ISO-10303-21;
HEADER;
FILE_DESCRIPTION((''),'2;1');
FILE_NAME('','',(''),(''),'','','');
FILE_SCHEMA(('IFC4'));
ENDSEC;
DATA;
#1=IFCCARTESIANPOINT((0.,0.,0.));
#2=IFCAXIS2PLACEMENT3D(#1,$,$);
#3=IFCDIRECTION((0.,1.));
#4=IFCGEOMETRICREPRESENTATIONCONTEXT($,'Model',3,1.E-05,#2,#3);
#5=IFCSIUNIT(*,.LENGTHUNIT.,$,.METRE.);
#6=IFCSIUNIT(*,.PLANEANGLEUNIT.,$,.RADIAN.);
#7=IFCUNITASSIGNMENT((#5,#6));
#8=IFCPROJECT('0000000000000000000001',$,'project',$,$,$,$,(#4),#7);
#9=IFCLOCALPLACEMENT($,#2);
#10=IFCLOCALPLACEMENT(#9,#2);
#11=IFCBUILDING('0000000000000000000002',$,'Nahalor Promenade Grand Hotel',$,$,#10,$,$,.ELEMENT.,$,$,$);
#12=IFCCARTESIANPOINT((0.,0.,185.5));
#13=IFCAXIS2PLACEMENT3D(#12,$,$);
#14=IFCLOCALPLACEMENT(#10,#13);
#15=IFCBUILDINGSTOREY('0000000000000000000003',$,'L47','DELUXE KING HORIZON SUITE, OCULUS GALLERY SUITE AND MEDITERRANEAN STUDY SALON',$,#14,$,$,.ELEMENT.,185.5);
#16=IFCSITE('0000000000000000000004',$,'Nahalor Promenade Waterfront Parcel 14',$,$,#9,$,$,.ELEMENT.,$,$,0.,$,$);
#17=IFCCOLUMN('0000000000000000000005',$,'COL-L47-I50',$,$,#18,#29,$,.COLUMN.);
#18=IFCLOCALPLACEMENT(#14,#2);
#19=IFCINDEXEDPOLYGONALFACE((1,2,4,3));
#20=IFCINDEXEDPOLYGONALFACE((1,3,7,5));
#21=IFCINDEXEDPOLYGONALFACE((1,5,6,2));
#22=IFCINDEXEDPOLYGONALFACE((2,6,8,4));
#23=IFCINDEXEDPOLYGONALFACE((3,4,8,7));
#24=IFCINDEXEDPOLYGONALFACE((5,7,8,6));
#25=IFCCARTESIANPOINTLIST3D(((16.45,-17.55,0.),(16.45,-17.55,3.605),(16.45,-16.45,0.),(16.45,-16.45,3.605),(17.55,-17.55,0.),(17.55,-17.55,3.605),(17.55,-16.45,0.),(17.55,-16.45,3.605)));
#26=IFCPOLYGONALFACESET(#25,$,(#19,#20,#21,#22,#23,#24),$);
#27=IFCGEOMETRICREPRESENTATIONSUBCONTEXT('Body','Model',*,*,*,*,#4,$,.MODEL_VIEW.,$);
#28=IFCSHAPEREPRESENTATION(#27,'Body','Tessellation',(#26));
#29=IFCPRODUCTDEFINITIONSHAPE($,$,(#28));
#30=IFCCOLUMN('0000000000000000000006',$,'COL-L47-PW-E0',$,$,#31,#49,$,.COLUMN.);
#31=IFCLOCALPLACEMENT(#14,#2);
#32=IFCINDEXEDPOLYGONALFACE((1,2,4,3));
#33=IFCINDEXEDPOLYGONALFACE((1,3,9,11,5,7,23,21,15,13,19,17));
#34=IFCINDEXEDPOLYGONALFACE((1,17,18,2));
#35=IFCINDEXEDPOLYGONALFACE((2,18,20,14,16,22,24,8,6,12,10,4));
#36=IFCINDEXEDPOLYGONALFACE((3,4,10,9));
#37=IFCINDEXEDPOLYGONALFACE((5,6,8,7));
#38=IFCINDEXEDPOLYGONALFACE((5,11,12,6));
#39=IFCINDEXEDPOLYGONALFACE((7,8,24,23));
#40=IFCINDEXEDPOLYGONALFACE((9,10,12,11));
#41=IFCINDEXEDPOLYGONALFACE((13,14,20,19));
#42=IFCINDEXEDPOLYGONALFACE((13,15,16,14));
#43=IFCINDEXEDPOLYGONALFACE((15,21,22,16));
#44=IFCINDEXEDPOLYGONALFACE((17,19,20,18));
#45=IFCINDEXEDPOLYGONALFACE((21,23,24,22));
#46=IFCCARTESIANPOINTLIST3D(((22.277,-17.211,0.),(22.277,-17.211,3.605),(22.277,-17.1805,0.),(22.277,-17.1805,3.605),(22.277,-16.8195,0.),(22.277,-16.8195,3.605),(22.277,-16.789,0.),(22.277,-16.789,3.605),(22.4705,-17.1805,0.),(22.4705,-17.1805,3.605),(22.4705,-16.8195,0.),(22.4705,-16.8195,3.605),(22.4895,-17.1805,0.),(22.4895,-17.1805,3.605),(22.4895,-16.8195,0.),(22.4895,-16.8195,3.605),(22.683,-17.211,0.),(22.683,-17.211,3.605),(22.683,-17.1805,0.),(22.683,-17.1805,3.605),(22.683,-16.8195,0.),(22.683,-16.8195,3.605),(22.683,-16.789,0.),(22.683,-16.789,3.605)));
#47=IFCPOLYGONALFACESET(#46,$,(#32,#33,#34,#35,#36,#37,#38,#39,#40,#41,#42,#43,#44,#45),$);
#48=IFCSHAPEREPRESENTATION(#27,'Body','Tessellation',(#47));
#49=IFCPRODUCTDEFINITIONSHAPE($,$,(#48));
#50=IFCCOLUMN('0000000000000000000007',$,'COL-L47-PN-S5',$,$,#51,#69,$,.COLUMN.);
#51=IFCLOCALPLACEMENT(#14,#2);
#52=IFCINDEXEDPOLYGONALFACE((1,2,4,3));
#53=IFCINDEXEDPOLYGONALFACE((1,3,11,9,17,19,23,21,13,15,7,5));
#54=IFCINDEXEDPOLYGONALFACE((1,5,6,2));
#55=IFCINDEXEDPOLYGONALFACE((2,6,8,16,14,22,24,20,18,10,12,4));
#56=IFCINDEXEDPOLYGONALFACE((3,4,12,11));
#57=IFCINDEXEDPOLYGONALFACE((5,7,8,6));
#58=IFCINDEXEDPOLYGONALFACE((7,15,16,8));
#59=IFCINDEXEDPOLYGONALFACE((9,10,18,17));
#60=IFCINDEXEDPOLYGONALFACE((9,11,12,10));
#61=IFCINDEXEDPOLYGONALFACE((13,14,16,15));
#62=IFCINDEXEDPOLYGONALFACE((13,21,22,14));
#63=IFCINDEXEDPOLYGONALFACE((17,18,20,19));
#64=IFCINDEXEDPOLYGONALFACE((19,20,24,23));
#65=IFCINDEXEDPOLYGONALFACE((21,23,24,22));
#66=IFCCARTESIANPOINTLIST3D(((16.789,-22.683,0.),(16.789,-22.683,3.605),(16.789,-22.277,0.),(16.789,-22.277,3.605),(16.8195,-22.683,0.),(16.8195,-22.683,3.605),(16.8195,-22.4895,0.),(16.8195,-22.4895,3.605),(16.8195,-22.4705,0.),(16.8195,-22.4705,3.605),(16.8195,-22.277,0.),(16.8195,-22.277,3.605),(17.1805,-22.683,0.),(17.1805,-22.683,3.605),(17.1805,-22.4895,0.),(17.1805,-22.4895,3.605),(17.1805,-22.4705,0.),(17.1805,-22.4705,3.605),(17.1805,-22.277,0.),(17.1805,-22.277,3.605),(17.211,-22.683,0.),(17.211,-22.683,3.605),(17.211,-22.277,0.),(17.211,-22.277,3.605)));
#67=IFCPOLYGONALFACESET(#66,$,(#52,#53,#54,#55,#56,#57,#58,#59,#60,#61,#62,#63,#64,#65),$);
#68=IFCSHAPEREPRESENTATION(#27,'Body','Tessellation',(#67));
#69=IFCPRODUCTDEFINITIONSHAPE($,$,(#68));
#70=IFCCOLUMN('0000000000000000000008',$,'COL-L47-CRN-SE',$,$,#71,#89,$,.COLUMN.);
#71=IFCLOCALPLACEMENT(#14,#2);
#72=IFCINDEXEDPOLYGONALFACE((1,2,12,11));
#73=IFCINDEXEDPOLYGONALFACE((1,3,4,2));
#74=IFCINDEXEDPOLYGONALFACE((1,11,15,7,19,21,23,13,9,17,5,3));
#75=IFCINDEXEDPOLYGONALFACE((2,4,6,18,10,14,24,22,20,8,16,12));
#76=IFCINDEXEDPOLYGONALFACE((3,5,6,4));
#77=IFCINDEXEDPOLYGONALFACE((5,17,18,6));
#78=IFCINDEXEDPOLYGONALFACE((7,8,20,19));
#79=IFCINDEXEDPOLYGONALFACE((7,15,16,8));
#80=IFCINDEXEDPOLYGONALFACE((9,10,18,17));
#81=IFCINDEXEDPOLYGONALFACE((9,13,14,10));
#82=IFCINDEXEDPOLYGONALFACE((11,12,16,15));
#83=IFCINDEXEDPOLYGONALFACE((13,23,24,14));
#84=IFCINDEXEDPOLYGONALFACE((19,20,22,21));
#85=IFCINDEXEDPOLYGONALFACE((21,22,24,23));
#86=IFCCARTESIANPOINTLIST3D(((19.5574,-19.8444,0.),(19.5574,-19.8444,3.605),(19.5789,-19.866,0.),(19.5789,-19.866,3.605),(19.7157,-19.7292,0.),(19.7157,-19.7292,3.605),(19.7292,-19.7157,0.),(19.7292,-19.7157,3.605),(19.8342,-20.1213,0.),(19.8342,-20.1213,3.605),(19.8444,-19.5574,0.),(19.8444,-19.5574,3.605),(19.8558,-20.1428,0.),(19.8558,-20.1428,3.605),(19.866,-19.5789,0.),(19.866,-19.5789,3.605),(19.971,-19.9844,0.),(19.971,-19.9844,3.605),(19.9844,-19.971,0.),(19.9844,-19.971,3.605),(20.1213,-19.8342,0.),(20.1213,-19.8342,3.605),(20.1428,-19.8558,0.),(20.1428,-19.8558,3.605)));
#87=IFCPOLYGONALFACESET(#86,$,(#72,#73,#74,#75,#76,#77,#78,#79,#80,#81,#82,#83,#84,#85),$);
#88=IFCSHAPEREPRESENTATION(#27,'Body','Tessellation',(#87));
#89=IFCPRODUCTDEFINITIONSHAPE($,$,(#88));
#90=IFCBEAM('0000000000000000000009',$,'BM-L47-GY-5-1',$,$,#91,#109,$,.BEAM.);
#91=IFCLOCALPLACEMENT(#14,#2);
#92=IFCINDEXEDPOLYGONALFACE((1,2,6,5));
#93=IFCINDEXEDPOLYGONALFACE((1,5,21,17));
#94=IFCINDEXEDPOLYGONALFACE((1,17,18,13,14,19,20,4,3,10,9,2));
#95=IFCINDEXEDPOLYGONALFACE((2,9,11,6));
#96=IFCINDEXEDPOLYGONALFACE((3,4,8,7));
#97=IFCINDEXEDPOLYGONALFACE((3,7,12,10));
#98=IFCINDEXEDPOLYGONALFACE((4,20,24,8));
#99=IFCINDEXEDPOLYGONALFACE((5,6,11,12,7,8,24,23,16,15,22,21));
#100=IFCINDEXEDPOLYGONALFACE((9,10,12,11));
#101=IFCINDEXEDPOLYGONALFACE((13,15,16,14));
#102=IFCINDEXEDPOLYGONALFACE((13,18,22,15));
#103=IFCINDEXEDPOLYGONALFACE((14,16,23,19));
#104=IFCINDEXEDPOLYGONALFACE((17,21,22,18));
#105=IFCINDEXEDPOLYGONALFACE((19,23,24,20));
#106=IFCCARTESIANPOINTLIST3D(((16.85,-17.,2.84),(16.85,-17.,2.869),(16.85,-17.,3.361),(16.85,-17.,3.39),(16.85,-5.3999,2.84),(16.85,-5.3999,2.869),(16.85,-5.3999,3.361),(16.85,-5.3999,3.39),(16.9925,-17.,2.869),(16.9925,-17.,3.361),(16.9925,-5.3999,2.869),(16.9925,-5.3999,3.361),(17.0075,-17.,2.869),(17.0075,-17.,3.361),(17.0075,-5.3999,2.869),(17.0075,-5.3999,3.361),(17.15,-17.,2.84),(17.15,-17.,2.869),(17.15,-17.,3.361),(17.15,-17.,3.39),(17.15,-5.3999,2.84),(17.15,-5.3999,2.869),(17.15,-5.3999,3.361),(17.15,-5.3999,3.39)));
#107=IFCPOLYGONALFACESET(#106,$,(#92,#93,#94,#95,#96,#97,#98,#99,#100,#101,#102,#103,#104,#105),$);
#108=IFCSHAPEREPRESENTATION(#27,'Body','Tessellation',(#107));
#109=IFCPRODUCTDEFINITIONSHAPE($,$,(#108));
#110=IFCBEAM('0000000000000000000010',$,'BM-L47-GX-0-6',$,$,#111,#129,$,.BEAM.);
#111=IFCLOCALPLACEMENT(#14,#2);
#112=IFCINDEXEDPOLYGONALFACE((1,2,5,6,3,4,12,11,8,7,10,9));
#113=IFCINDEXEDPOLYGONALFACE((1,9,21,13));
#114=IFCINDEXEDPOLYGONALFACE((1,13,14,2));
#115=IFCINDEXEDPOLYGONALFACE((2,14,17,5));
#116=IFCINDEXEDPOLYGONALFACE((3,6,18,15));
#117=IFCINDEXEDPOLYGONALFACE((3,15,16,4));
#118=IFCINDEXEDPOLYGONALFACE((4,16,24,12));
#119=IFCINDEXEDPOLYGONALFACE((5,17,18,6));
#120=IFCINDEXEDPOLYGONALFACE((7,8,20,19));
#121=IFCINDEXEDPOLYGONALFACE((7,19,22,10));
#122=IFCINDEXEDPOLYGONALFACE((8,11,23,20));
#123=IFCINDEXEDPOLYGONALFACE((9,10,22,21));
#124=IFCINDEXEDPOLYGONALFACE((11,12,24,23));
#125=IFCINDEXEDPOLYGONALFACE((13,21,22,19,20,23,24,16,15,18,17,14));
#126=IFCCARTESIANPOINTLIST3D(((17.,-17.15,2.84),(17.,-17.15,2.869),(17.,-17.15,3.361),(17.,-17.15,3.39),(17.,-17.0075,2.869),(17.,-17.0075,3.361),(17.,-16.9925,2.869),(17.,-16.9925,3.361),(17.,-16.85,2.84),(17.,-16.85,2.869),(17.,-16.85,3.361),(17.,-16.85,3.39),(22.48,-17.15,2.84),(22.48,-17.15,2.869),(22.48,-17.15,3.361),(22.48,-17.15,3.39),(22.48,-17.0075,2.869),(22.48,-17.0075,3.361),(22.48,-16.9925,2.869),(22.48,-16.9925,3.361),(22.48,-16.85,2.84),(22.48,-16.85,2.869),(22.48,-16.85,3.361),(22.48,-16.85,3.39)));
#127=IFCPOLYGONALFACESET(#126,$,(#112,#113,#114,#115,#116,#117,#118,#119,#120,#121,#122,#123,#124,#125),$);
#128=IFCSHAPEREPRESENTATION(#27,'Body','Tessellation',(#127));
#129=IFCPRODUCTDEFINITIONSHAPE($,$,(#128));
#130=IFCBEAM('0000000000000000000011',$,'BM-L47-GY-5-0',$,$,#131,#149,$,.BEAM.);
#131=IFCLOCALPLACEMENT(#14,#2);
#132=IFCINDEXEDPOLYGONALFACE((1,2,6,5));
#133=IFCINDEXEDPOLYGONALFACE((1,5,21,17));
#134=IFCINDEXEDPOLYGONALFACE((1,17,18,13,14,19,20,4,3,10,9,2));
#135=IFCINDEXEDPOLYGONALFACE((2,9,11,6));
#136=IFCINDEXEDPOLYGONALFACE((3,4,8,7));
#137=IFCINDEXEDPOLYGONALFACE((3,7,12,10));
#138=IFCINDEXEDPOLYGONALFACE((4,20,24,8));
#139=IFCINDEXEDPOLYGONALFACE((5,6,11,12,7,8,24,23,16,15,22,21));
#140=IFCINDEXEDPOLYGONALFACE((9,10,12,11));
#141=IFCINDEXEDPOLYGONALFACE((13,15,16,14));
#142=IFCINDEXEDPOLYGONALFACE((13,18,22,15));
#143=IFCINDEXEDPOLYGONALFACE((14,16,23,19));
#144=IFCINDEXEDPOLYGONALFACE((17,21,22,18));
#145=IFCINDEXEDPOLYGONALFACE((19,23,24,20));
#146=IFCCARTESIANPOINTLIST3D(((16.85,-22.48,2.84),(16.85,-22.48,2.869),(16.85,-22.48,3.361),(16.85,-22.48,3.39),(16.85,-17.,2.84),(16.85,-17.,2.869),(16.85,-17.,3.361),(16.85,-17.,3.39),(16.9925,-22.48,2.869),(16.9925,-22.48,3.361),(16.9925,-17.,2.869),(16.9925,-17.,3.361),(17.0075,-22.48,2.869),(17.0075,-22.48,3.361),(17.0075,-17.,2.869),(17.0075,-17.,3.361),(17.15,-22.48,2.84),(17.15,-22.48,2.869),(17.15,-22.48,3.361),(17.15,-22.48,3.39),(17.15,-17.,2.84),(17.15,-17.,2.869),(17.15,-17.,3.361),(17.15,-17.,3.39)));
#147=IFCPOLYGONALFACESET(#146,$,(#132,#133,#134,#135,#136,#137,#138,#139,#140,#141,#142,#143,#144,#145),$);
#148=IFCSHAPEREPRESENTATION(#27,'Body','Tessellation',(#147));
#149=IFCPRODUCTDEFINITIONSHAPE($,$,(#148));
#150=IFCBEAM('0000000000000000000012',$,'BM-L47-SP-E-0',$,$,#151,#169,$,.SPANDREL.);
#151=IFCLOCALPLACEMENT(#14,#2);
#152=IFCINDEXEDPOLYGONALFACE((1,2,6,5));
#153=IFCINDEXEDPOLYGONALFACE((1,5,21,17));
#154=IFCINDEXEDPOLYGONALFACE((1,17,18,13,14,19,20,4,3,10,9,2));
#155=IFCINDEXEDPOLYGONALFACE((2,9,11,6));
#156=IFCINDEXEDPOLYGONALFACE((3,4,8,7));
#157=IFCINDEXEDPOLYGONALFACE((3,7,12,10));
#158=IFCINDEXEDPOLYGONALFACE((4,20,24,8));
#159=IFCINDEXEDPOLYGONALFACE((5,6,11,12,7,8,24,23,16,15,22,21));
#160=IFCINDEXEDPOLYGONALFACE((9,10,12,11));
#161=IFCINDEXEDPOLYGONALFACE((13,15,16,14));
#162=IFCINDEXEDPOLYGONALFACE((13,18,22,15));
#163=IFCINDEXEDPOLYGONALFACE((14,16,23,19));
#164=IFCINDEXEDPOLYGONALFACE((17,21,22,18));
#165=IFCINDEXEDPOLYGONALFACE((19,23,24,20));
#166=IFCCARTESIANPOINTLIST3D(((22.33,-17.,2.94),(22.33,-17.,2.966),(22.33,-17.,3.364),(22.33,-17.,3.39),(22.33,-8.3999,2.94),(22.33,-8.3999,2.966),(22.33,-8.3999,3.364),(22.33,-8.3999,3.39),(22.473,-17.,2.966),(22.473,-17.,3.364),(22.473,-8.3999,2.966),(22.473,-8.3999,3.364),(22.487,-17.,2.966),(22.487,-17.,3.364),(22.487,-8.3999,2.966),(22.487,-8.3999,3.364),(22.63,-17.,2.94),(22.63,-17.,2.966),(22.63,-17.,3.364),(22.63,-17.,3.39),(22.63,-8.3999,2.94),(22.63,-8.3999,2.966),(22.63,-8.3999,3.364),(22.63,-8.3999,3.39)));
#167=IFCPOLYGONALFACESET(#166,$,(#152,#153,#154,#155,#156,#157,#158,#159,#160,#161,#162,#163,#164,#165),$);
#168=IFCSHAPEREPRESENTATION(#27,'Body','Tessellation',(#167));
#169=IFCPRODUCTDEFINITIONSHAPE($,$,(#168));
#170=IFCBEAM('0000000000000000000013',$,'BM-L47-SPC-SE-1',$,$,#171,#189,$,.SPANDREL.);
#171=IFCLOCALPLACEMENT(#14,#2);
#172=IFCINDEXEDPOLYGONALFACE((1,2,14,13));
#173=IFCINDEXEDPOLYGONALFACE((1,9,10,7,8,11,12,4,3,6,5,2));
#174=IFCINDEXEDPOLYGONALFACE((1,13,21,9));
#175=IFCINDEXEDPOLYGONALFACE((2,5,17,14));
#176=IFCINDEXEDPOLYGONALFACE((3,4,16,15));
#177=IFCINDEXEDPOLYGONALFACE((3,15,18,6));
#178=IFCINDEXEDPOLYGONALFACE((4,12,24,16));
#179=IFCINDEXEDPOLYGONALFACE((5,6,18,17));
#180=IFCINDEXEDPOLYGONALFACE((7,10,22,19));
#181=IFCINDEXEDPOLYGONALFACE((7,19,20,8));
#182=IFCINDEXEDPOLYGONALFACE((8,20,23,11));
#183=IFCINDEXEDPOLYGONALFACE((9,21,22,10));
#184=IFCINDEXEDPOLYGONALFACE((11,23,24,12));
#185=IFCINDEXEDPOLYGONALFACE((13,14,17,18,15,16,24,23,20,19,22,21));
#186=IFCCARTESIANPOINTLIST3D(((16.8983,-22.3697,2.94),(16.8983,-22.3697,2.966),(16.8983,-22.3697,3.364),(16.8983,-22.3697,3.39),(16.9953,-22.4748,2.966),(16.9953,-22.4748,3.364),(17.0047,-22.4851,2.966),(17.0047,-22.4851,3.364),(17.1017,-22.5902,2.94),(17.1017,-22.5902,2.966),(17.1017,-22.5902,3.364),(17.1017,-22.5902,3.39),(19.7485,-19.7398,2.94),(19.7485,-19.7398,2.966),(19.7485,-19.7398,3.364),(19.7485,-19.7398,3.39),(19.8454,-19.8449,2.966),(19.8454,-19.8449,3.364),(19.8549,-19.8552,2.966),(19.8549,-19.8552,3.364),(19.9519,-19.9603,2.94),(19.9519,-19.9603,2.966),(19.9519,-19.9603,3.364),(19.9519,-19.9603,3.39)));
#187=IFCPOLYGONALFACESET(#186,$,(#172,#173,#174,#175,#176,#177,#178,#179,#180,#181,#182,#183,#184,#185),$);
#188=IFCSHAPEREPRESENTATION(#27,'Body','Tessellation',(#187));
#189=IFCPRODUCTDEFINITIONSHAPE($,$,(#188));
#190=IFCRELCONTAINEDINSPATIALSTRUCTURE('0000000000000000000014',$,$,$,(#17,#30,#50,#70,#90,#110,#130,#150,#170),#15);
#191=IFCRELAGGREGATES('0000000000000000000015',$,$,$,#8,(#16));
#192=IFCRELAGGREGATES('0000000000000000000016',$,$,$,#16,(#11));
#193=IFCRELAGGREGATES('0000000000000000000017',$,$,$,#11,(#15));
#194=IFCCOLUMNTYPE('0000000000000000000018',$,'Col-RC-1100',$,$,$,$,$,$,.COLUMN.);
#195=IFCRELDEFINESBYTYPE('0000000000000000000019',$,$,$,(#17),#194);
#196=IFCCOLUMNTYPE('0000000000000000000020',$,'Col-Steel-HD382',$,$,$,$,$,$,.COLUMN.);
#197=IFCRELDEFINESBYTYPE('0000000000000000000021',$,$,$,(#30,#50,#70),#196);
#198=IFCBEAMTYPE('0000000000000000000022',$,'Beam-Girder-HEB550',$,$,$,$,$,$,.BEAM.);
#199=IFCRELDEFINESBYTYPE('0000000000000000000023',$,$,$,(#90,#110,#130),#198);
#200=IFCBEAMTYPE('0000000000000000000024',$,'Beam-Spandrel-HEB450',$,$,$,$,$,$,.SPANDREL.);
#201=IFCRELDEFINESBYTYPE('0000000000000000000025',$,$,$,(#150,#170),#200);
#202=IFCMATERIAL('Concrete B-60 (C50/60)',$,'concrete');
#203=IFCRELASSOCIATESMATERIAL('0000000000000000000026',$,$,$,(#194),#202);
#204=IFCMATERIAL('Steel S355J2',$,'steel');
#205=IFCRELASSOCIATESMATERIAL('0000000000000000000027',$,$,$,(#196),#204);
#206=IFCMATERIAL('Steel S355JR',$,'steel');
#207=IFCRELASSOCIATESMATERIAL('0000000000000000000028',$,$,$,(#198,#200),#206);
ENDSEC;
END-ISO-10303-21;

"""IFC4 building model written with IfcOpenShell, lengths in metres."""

from ifc_helpers import new_model, si_unit, direction, frame, origin, origin_2d, place, context, subcontext, project, spatial, rectangle, i_section, extrude, source, transform, mapped, material, material_profile, profile_set, type_object, element, save


model = new_model("IFC4")

# Units and contexts
model_context = context("Model", 3, precision=1e-05, world=origin(), true_north=direction((0.0, 1.0)))
body_context = subcontext(model_context, "Body", "Model", "MODEL_VIEW")
ifc_project = project(units=[si_unit("LENGTHUNIT", "METRE"), si_unit("PLANEANGLEUNIT", "RADIAN")], contexts=[model_context])

# Site, building, storey
site_placement = place(None, origin())
site = spatial("IfcSite", under=ifc_project, at=site_placement, Name="Nahalor Promenade Waterfront Parcel 14", CompositionType="ELEMENT", RefElevation=0.0)
building_placement = place(site_placement, origin())
building = spatial("IfcBuilding", under=site, at=building_placement, Name="Nahalor Promenade Grand Hotel", CompositionType="ELEMENT")
storey_placement = place(building_placement, frame((0.0, 0.0, 185.5)))
storey = spatial("IfcBuildingStorey", under=building, at=storey_placement, Name="L47", Description="DELUXE KING HORIZON SUITE, OCULUS GALLERY SUITE AND MEDITERRANEAN STUDY SALON", CompositionType="ELEMENT", Elevation=185.5)

# Columns
ifc_material_1 = material(Name="Concrete B-60 (C50/60)", Category="concrete")
ifc_material_profile_1 = material_profile(ifc_material_1, rectangle(XDim=1.1, YDim=1.1, at=origin_2d()), Name="RC 1100x1100")
ifc_profile_set_1 = profile_set([ifc_material_profile_1], Name="Concrete B-60 (C50/60)")
column_type_1 = type_object("IfcColumnType", Name="Col-RC-1100", PredefinedType="COLUMN", material=ifc_profile_set_1)
shared_shape_1 = source(origin(), body_context, "Body", "SweptSolid", [
    extrude(rectangle(XDim=1.1, YDim=1.1, at=origin_2d()), origin(), (0.0, 0.0, 1.0), 3.605),
])
column_placement = place(storey_placement, frame((17.0, -17.0, 0.0), z_axis=(0.0, 0.0, 1.0), x_axis=(1.0, 0.0, 0.0)))
element("IfcColumn", 1, at=column_placement, inside=storey, type_object=column_type_1, Name="COL-L47-I50", PredefinedType="COLUMN", context=body_context, shape_type="MappedRepresentation", body=[
    mapped(shared_shape_1, transform((0.0, 0.0, 0.0), scale=1.0)),
])
ifc_material_2 = material(Name="Steel S355J2", Category="steel")
ifc_material_profile_2 = material_profile(ifc_material_2, i_section(OverallWidth=0.406, OverallDepth=0.422, WebThickness=0.019, FlangeThickness=0.0305, at=origin_2d()), Name="HD 400x382")
ifc_profile_set_2 = profile_set([ifc_material_profile_2], Name="Steel S355J2")
column_type_2 = type_object("IfcColumnType", Name="Col-Steel-HD382", PredefinedType="COLUMN", material=ifc_profile_set_2)
shared_shape_2 = source(origin(), body_context, "Body", "SweptSolid", [
    extrude(i_section(OverallWidth=0.406, OverallDepth=0.422, WebThickness=0.019, FlangeThickness=0.0305, at=origin_2d()), origin(), (0.0, 0.0, 1.0), 3.605),
])
for number, where, z_axis, x_axis, name in (
    (2, (22.48, -17.0, 0.0), (0.0, 0.0, 1.0), (1.0, 0.0, 0.0), "COL-L47-PW-E0"),
    (3, (17.0, -22.48, 0.0), (0.0, 0.0, 1.0), (0.0, 1.0, 0.0), "COL-L47-PN-S5"),
    (4, (19.8501, -19.8501, 0.0), (0.0, 0.0, 1.0), (0.707107, 0.707107, 0.0), "COL-L47-CRN-SE"),
):
    element("IfcColumn", number, at=place(storey_placement, frame(where, z_axis=z_axis, x_axis=x_axis)), inside=storey, type_object=column_type_2, Name=name, PredefinedType="COLUMN", context=body_context, shape_type="MappedRepresentation", body=[
        mapped(shared_shape_2, transform((0.0, 0.0, 0.0), scale=1.0)),
    ])

# Beams
ifc_material_3 = material(Name="Steel S355JR", Category="steel")
ifc_material_profile_3 = material_profile(ifc_material_3, i_section(OverallWidth=0.3, OverallDepth=0.55, WebThickness=0.015, FlangeThickness=0.029, at=origin_2d()), Name="HEB 550")
ifc_profile_set_3 = profile_set([ifc_material_profile_3], Name="Steel S355JR")
beam_type_1 = type_object("IfcBeamType", Name="Beam-Girder-HEB550", PredefinedType="BEAM", material=ifc_profile_set_3)
shared_shape_3 = source(origin(), body_context, "Body", "SweptSolid", [
    extrude(i_section(OverallWidth=0.3, OverallDepth=0.55, WebThickness=0.015, FlangeThickness=0.029, at=origin_2d()), origin(), (0.0, 0.0, 1.0), 11.6001),
])
beam_1_placement = place(storey_placement, frame((17.0, -17.0, 3.115), z_axis=(0.0, 1.0, 0.0), x_axis=(-1.0, 0.0, 0.0)))
element("IfcBeam", 5, at=beam_1_placement, inside=storey, type_object=beam_type_1, Name="BM-L47-GY-5-1", PredefinedType="BEAM", context=body_context, shape_type="MappedRepresentation", body=[
    mapped(shared_shape_3, transform((0.0, 0.0, 0.0), scale=1.0)),
])
shared_shape_4 = source(origin(), body_context, "Body", "SweptSolid", [
    extrude(i_section(OverallWidth=0.3, OverallDepth=0.55, WebThickness=0.015, FlangeThickness=0.029, at=origin_2d()), origin(), (0.0, 0.0, 1.0), 5.48),
])
for number, where, z_axis, x_axis, name in (
    (6, (17.0, -17.0, 3.115), (1.0, 0.0, 0.0), (0.0, 1.0, 0.0), "BM-L47-GX-0-6"),
    (7, (17.0, -22.48, 3.115), (0.0, 1.0, 0.0), (-1.0, 0.0, 0.0), "BM-L47-GY-5-0"),
):
    element("IfcBeam", number, at=place(storey_placement, frame(where, z_axis=z_axis, x_axis=x_axis)), inside=storey, type_object=beam_type_1, Name=name, PredefinedType="BEAM", context=body_context, shape_type="MappedRepresentation", body=[
        mapped(shared_shape_4, transform((0.0, 0.0, 0.0), scale=1.0)),
    ])
ifc_material_profile_4 = material_profile(ifc_material_3, i_section(OverallWidth=0.3, OverallDepth=0.45, WebThickness=0.014, FlangeThickness=0.026, at=origin_2d()), Name="HEB 450")
ifc_profile_set_4 = profile_set([ifc_material_profile_4], Name="Steel S355JR")
beam_type_2 = type_object("IfcBeamType", Name="Beam-Spandrel-HEB450", PredefinedType="SPANDREL", material=ifc_profile_set_4)
shared_shape_5 = source(origin(), body_context, "Body", "SweptSolid", [
    extrude(i_section(OverallWidth=0.3, OverallDepth=0.45, WebThickness=0.014, FlangeThickness=0.026, at=origin_2d()), origin(), (0.0, 0.0, 1.0), 8.6001),
])
beam_2_placement = place(storey_placement, frame((22.48, -17.0, 3.165), z_axis=(0.0, 1.0, 0.0), x_axis=(-1.0, 0.0, 0.0)))
element("IfcBeam", 8, at=beam_2_placement, inside=storey, type_object=beam_type_2, Name="BM-L47-SP-E-0", PredefinedType="SPANDREL", context=body_context, shape_type="MappedRepresentation", body=[
    mapped(shared_shape_5, transform((0.0, 0.0, 0.0), scale=1.0)),
])
shared_shape_6 = source(origin(), body_context, "Body", "SweptSolid", [
    extrude(i_section(OverallWidth=0.3, OverallDepth=0.45, WebThickness=0.014, FlangeThickness=0.026, at=origin_2d()), origin(), (0.0, 0.0, 1.0), 3.8782),
])
for number, where, z_axis, x_axis, name in (
    (9, (17.0, -22.48, 3.165), (0.734929, 0.678144, 0.0), (-0.678144, 0.734929, 0.0), "BM-L47-SPC-SE-1"),
):
    element("IfcBeam", number, at=place(storey_placement, frame(where, z_axis=z_axis, x_axis=x_axis)), inside=storey, type_object=beam_type_2, Name=name, PredefinedType="SPANDREL", context=body_context, shape_type="MappedRepresentation", body=[
        mapped(shared_shape_6, transform((0.0, 0.0, 0.0), scale=1.0)),
    ])

save(model, "model.ifc")
